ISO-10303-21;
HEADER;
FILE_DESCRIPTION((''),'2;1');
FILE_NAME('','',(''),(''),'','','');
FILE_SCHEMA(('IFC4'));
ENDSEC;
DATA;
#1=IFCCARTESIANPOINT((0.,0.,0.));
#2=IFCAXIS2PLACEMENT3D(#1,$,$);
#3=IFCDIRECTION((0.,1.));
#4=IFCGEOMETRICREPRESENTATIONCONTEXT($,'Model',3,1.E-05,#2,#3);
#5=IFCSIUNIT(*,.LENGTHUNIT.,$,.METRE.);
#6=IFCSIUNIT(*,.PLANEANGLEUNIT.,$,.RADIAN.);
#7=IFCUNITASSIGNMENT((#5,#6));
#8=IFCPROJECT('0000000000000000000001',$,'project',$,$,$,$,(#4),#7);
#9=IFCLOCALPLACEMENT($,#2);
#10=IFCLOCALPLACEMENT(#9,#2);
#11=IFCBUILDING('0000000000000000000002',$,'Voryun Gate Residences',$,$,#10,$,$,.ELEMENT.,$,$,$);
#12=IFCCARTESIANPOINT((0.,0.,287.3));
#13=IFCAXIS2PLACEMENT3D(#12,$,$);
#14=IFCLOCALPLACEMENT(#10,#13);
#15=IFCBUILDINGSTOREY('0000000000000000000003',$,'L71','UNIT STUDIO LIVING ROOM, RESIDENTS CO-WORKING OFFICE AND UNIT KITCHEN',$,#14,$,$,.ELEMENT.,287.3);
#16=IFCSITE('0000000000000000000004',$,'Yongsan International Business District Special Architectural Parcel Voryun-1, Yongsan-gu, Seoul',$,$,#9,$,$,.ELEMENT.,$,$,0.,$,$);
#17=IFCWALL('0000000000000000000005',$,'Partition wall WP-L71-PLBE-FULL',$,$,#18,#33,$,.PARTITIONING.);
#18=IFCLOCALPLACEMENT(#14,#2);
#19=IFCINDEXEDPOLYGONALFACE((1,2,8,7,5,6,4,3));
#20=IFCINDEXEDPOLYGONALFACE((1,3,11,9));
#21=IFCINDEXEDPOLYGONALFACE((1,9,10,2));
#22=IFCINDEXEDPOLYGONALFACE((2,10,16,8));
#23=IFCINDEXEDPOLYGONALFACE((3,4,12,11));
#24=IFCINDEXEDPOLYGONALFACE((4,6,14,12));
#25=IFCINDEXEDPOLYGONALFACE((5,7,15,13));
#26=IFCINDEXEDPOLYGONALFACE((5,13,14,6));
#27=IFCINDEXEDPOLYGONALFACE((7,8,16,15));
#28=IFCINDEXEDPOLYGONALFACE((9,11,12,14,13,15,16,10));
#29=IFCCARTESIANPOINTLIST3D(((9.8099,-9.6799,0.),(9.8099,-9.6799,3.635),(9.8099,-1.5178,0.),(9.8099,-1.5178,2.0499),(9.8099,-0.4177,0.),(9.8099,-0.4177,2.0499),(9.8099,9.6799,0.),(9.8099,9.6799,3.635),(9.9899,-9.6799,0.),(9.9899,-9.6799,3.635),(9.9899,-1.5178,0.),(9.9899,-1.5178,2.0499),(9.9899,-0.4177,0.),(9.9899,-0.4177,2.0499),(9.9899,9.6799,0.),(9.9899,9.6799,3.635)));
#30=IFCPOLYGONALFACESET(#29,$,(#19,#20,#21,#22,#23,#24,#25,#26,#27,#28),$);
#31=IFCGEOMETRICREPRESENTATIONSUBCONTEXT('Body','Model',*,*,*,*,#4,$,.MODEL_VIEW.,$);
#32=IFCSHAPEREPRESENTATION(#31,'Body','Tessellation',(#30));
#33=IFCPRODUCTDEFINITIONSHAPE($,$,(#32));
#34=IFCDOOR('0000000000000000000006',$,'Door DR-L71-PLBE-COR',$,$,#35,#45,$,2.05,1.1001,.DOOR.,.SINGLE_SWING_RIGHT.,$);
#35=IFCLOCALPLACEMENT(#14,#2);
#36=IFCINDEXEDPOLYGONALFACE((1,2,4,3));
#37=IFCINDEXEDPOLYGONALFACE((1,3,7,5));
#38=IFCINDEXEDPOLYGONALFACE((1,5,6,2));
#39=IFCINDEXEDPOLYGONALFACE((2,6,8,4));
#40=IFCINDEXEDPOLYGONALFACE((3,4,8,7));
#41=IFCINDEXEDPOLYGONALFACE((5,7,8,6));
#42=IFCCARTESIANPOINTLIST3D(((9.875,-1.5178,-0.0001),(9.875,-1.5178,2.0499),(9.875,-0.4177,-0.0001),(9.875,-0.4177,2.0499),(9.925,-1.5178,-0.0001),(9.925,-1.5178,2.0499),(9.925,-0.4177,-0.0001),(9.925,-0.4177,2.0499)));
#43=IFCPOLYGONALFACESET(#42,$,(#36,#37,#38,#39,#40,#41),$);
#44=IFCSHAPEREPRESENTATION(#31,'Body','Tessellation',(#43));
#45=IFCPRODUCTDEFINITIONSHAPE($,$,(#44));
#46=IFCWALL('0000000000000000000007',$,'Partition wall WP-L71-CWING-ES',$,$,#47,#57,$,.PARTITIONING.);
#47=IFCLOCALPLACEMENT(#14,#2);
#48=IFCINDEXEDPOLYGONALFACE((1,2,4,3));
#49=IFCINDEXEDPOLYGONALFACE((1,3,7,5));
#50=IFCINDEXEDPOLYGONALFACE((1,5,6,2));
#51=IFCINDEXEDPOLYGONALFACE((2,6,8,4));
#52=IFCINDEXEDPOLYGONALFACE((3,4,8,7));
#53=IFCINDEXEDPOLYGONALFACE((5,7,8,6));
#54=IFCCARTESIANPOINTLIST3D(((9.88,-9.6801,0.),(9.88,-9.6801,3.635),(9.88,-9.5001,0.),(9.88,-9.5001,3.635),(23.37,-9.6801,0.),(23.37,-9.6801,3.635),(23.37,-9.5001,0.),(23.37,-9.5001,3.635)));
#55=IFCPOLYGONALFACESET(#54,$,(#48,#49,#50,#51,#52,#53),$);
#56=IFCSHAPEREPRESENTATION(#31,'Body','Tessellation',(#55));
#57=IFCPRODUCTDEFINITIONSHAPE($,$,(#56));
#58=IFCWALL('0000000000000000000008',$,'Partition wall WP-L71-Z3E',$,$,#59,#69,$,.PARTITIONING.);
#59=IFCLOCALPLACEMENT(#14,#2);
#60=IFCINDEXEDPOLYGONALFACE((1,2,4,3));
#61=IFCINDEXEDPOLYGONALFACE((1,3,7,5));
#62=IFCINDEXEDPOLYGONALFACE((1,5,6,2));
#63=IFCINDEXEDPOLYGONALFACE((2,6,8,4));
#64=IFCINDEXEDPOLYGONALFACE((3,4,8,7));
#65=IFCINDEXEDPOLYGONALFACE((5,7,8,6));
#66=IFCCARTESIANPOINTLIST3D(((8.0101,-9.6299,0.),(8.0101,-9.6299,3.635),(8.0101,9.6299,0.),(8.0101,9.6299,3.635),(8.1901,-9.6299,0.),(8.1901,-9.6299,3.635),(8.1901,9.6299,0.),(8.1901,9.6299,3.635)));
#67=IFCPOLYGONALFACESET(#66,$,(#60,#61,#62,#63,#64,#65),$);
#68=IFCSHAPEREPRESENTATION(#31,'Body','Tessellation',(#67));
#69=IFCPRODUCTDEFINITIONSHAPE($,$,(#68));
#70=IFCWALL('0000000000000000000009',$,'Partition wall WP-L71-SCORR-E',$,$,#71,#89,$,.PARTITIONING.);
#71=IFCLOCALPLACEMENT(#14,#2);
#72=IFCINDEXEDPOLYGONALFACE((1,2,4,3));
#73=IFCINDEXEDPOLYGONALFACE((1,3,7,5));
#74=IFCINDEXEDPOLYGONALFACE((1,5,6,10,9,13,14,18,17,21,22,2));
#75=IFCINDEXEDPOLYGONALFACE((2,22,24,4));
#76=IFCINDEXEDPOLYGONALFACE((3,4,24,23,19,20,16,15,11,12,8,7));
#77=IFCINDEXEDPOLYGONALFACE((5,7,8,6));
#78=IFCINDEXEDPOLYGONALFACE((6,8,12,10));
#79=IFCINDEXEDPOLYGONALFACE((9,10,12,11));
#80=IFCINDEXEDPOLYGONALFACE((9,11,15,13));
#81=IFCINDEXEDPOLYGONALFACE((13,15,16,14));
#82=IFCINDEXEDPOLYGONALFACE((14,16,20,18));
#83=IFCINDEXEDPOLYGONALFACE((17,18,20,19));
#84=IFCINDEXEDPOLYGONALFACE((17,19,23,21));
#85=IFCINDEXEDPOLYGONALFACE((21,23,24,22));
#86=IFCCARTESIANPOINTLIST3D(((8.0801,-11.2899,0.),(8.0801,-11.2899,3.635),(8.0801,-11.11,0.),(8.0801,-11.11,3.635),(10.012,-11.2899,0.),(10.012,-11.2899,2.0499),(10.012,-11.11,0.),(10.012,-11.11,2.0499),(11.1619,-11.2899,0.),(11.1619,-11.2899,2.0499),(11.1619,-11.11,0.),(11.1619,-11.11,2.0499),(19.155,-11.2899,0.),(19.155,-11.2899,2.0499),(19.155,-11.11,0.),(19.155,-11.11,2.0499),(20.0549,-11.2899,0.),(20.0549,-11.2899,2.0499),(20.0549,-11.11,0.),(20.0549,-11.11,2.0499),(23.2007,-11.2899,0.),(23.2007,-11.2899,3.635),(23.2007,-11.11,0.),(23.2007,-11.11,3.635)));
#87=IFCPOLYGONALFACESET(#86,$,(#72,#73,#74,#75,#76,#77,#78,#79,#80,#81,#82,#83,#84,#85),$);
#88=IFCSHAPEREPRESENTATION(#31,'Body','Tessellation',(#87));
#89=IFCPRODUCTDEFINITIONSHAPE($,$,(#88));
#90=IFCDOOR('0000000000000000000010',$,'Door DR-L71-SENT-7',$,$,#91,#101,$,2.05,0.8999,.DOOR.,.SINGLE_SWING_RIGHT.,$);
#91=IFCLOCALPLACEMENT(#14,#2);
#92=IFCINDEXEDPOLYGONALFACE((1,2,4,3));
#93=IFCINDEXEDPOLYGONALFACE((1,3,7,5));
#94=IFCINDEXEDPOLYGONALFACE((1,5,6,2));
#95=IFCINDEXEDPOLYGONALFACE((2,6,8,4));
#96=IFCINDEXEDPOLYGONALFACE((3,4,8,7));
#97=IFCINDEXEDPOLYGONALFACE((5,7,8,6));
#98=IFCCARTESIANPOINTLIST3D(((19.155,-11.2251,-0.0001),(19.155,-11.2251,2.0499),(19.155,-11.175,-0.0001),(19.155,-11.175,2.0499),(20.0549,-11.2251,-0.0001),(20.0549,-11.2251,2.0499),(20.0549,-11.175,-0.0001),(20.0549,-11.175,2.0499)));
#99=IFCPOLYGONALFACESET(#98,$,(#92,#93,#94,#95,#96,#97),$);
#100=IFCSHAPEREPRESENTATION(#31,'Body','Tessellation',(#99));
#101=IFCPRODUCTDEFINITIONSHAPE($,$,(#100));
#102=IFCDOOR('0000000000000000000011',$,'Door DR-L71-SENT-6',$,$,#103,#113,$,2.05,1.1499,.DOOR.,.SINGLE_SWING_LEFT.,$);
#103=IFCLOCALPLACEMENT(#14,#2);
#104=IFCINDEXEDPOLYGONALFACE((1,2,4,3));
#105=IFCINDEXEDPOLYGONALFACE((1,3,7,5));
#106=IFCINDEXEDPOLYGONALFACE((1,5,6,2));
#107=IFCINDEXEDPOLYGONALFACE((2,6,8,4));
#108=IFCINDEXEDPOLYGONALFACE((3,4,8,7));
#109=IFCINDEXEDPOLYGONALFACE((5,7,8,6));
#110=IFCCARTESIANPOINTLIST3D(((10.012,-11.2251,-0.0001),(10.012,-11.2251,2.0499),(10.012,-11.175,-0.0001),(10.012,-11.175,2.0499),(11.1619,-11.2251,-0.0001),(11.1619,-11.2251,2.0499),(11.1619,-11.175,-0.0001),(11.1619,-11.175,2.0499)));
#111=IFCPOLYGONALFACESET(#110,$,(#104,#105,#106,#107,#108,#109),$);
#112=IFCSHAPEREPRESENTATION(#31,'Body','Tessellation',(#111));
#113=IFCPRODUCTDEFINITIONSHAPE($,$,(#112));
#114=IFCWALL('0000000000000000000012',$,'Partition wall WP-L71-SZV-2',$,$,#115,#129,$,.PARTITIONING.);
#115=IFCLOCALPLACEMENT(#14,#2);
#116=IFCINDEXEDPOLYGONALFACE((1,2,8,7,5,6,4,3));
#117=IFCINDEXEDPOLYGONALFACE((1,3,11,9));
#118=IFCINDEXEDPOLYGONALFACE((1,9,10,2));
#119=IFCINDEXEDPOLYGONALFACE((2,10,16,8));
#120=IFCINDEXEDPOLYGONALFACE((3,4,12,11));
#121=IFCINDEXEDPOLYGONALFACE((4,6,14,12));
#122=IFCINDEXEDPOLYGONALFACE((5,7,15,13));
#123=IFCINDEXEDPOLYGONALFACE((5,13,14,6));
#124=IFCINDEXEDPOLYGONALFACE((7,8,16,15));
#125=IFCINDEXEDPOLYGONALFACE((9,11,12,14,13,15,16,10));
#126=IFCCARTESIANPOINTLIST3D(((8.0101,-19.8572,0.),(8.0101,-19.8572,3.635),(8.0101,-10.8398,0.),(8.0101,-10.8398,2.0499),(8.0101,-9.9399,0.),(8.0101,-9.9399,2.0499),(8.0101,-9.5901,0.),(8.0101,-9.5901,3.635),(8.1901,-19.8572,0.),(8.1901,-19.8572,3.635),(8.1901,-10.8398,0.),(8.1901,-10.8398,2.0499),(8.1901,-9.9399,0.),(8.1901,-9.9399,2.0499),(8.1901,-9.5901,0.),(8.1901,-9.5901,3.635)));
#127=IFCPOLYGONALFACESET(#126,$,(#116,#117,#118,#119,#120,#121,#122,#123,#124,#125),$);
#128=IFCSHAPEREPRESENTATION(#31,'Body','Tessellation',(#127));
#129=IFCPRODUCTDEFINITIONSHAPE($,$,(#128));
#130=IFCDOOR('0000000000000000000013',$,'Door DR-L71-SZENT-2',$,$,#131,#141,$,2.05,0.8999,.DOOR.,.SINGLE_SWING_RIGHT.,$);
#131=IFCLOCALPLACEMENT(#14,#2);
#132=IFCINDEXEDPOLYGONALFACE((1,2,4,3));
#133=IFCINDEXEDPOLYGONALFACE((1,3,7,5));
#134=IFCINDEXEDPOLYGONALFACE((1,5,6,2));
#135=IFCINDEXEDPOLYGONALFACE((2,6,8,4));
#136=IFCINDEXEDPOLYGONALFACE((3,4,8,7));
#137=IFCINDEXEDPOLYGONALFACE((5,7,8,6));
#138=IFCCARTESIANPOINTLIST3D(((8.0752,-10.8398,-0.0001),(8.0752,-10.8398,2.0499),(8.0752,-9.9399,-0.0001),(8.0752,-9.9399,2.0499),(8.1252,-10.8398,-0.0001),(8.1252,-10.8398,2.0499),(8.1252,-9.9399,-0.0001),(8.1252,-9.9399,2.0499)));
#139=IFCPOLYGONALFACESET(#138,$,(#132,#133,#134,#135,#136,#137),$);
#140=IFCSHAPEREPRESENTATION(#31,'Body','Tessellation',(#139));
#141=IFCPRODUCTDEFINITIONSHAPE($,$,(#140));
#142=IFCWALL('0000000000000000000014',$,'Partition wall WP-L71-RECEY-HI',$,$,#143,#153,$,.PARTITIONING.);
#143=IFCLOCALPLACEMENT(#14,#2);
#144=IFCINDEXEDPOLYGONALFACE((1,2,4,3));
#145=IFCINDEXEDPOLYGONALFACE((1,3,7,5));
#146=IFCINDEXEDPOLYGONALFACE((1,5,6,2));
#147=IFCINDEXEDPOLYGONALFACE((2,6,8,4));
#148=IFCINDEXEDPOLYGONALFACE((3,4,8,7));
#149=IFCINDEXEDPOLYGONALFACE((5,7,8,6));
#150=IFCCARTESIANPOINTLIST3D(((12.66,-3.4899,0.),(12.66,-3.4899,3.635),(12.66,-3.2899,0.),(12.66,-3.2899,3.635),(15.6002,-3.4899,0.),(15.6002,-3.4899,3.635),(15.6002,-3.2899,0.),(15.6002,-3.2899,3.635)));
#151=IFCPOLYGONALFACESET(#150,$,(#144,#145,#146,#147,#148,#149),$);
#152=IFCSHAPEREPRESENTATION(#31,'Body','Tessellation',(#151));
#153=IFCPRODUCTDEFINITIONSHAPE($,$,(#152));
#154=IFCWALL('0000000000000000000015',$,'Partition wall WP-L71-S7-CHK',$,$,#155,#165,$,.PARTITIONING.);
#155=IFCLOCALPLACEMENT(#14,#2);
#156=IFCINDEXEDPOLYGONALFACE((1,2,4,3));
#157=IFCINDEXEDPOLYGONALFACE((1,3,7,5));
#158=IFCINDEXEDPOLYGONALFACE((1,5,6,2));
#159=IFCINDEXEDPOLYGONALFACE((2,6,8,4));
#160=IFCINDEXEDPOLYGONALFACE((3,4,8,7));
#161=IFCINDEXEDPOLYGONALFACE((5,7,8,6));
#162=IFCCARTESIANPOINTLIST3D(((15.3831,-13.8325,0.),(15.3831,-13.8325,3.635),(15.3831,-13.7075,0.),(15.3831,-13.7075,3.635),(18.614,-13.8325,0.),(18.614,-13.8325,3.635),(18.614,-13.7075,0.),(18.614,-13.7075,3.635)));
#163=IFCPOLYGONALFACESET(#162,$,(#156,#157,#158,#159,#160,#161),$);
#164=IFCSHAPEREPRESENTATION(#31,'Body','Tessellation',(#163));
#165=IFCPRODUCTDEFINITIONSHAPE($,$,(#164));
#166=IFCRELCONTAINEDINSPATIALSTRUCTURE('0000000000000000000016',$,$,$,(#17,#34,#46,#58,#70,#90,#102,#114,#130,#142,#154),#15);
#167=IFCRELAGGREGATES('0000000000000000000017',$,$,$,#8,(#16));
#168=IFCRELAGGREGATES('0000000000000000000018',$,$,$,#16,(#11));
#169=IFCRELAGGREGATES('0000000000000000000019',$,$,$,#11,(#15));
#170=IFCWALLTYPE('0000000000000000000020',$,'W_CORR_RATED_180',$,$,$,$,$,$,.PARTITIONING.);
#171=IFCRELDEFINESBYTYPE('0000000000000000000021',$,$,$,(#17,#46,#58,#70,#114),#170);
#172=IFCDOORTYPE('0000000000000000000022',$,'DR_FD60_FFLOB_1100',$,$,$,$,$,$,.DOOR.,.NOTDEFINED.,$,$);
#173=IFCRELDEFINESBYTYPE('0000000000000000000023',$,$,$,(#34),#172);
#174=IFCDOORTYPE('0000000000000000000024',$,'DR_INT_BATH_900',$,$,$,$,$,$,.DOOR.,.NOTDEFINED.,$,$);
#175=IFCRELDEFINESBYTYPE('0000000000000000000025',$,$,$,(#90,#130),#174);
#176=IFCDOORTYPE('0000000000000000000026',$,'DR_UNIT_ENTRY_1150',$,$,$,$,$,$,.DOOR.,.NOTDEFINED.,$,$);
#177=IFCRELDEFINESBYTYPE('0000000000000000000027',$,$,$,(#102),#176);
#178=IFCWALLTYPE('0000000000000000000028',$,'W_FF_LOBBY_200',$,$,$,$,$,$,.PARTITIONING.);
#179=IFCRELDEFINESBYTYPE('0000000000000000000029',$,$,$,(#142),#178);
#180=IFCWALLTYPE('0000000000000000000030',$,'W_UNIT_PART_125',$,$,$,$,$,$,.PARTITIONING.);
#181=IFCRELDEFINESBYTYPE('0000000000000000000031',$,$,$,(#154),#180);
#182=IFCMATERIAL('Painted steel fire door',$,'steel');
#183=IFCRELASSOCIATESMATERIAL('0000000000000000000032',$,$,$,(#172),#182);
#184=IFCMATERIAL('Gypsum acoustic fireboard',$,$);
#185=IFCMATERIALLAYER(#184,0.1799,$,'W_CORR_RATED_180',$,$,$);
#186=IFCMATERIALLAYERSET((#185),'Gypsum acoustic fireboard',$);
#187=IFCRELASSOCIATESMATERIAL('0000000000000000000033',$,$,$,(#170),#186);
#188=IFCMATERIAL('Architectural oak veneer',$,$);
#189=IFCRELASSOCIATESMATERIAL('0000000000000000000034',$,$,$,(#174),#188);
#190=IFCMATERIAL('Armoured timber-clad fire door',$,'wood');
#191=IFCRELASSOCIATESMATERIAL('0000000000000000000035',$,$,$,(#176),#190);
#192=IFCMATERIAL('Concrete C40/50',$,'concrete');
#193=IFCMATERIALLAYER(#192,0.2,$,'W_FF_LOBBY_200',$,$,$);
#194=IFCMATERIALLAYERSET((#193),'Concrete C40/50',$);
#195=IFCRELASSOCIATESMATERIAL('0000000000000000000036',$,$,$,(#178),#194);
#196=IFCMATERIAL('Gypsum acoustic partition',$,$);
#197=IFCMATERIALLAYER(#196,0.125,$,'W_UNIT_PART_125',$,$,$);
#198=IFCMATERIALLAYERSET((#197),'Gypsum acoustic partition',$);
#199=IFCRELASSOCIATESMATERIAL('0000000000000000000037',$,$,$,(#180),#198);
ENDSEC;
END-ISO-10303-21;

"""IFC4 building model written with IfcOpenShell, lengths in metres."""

from ifc_helpers import new_model, si_unit, direction, frame, frame_2d, origin, place, context, subcontext, project, spatial, rectangle, extrude, material, layer, layer_set, type_object, element, fill, save


model = new_model("IFC4")

# Units and contexts
model_context = context("Model", 3, precision=1e-05, world=origin(), true_north=direction((0.0, 1.0)))
body_context = subcontext(model_context, "Body", "Model", "MODEL_VIEW")
ifc_project = project(units=[si_unit("LENGTHUNIT", "METRE"), si_unit("PLANEANGLEUNIT", "RADIAN")], contexts=[model_context])

# Site, building, storey
site_placement = place(None, origin())
site = spatial("IfcSite", under=ifc_project, at=site_placement, Name="Yongsan International Business District Special Architectural Parcel Voryun-1, Yongsan-gu, Seoul", CompositionType="ELEMENT", RefElevation=0.0)
building_placement = place(site_placement, origin())
building = spatial("IfcBuilding", under=site, at=building_placement, Name="Voryun Gate Residences", CompositionType="ELEMENT")
storey_placement = place(building_placement, frame((0.0, 0.0, 287.3)))
storey = spatial("IfcBuildingStorey", under=building, at=storey_placement, Name="L71", Description="UNIT STUDIO LIVING ROOM, RESIDENTS CO-WORKING OFFICE AND UNIT KITCHEN", CompositionType="ELEMENT", Elevation=287.3)

# Shared definitions
ifc_material_1 = material(Name="Painted steel fire door", Category="steel")
door_type_1 = type_object("IfcDoorType", Name="DR_FD60_FFLOB_1100", OperationType="NOTDEFINED", PredefinedType="DOOR", material=ifc_material_1)

# Shared definitions
ifc_material_2 = material(Name="Gypsum acoustic fireboard")
ifc_layer_1 = layer(ifc_material_2, 0.1799, Name="W_CORR_RATED_180")
ifc_layer_set_1 = layer_set([ifc_layer_1], Name="Gypsum acoustic fireboard")
wall_type_1 = type_object("IfcWallType", Name="W_CORR_RATED_180", PredefinedType="PARTITIONING", material=ifc_layer_set_1)

# Wall, opening, door
wall_1_placement = place(storey_placement, frame((9.8999, -9.6799, 0.0), z_axis=(0.0, 0.0, 1.0), x_axis=(0.0, 1.0, 0.0)))
wall_1 = element("IfcWall", 1, at=wall_1_placement, inside=storey, type_object=wall_type_1, Name="Partition wall WP-L71-PLBE-FULL", PredefinedType="PARTITIONING", context=body_context, shape_type="SweptSolid", body=[
    extrude(rectangle(XDim=19.3599, YDim=0.1799, at=frame_2d((9.6799, 0.0))), origin(), (0.0, 0.0, 1.0), 3.635),
])
opening_1_placement = place(wall_1_placement, frame((8.1621, 0.0, 0.0)))
opening_1 = element("IfcOpeningElement", 2, at=opening_1_placement, cuts=wall_1, PredefinedType="OPENING", context=body_context, shape_type="SweptSolid", body=[
    extrude(rectangle(XDim=1.1001, YDim=2.05, at=frame_2d((0.55, 1.0249))), frame((0.0, 0.0999, 0.0), z_axis=(0.0, -1.0, 0.0), x_axis=(1.0, 0.0, 0.0)), (0.0, 0.0, 1.0), 0.2),
])
door_1_placement = place(opening_1_placement, origin())
door_1 = element("IfcDoor", 3, at=door_1_placement, inside=storey, type_object=door_type_1, Name="Door DR-L71-PLBE-COR", OperationType="SINGLE_SWING_RIGHT", OverallHeight=2.05, OverallWidth=1.1001, PredefinedType="DOOR", context=body_context, shape_type="SweptSolid", body=[
    extrude(rectangle(XDim=1.1001, YDim=2.05, at=frame_2d((0.55, 1.0249))), frame((0.0, 0.0249, 0.0), z_axis=(0.0, -1.0, 0.0), x_axis=(1.0, 0.0, 0.0)), (0.0, 0.0, 1.0), 0.05),
])
fill(opening_1, door_1)

# Walls
wall_2_placement = place(storey_placement, frame((9.8799, -9.5901, 0.0), z_axis=(0.0, 0.0, 1.0), x_axis=(1.0, 0.0, 0.0)))
element("IfcWall", 4, at=wall_2_placement, inside=storey, type_object=wall_type_1, Name="Partition wall WP-L71-CWING-ES", PredefinedType="PARTITIONING", context=body_context, shape_type="SweptSolid", body=[
    extrude(rectangle(XDim=13.49, YDim=0.1799, at=frame_2d((6.7451, 0.0))), origin(), (0.0, 0.0, 1.0), 3.635),
])
wall_3_placement = place(storey_placement, frame((8.1001, -9.6299, 0.0), z_axis=(0.0, 0.0, 1.0), x_axis=(0.0, 1.0, 0.0)))
element("IfcWall", 5, at=wall_3_placement, inside=storey, type_object=wall_type_1, Name="Partition wall WP-L71-Z3E", PredefinedType="PARTITIONING", context=body_context, shape_type="SweptSolid", body=[
    extrude(rectangle(XDim=19.2598, YDim=0.1799, at=frame_2d((9.6299, 0.0))), origin(), (0.0, 0.0, 1.0), 3.635),
])

# Wall, openings, doors
wall_4_placement = place(storey_placement, frame((8.0801, -11.2, 0.0), z_axis=(0.0, 0.0, 1.0), x_axis=(1.0, 0.0, 0.0)))
wall_4 = element("IfcWall", 6, at=wall_4_placement, inside=storey, type_object=wall_type_1, Name="Partition wall WP-L71-SCORR-E", PredefinedType="PARTITIONING", context=body_context, shape_type="SweptSolid", body=[
    extrude(rectangle(XDim=15.1206, YDim=0.1799, at=frame_2d((7.5603, 0.0))), origin(), (0.0, 0.0, 1.0), 3.635),
])
opening_2_placement = place(wall_4_placement, frame((1.9319, 0.0, 0.0)))
opening_2 = element("IfcOpeningElement", 7, at=opening_2_placement, cuts=wall_4, PredefinedType="OPENING", context=body_context, shape_type="SweptSolid", body=[
    extrude(rectangle(XDim=1.1499, YDim=2.05, at=frame_2d((0.575, 1.0249))), frame((0.0, 0.0999, 0.0), z_axis=(0.0, -1.0, 0.0), x_axis=(1.0, 0.0, 0.0)), (0.0, 0.0, 1.0), 0.2),
])
opening_3_placement = place(wall_4_placement, frame((11.075, 0.0, 0.0)))
opening_3 = element("IfcOpeningElement", 8, at=opening_3_placement, cuts=wall_4, PredefinedType="OPENING", context=body_context, shape_type="SweptSolid", body=[
    extrude(rectangle(XDim=0.8999, YDim=2.05, at=frame_2d((0.45, 1.0249))), frame((0.0, 0.0999, 0.0), z_axis=(0.0, -1.0, 0.0), x_axis=(1.0, 0.0, 0.0)), (0.0, 0.0, 1.0), 0.2),
])
ifc_material_3 = material(Name="Architectural oak veneer")
door_type_2 = type_object("IfcDoorType", Name="DR_INT_BATH_900", OperationType="NOTDEFINED", PredefinedType="DOOR", material=ifc_material_3)
door_2_placement = place(opening_3_placement, origin())
door_2 = element("IfcDoor", 9, at=door_2_placement, inside=storey, type_object=door_type_2, Name="Door DR-L71-SENT-7", OperationType="SINGLE_SWING_RIGHT", OverallHeight=2.05, OverallWidth=0.8999, PredefinedType="DOOR", context=body_context, shape_type="SweptSolid", body=[
    extrude(rectangle(XDim=0.8999, YDim=2.05, at=frame_2d((0.45, 1.0249))), frame((0.0, 0.0249, 0.0), z_axis=(0.0, -1.0, 0.0), x_axis=(1.0, 0.0, 0.0)), (0.0, 0.0, 1.0), 0.05),
])
fill(opening_3, door_2)
ifc_material_4 = material(Name="Armoured timber-clad fire door", Category="wood")
door_type_3 = type_object("IfcDoorType", Name="DR_UNIT_ENTRY_1150", OperationType="NOTDEFINED", PredefinedType="DOOR", material=ifc_material_4)
door_3_placement = place(opening_2_placement, origin())
door_3 = element("IfcDoor", 10, at=door_3_placement, inside=storey, type_object=door_type_3, Name="Door DR-L71-SENT-6", OperationType="SINGLE_SWING_LEFT", OverallHeight=2.05, OverallWidth=1.1499, PredefinedType="DOOR", context=body_context, shape_type="SweptSolid", body=[
    extrude(rectangle(XDim=1.1499, YDim=2.05, at=frame_2d((0.575, 1.0249))), frame((0.0, 0.0249, 0.0), z_axis=(0.0, -1.0, 0.0), x_axis=(1.0, 0.0, 0.0)), (0.0, 0.0, 1.0), 0.05),
])
fill(opening_2, door_3)

# Wall, opening, door
wall_5_placement = place(storey_placement, frame((8.1001, -19.8572, 0.0), z_axis=(0.0, 0.0, 1.0), x_axis=(0.0, 1.0, 0.0)))
wall_5 = element("IfcWall", 11, at=wall_5_placement, inside=storey, type_object=wall_type_1, Name="Partition wall WP-L71-SZV-2", PredefinedType="PARTITIONING", context=body_context, shape_type="SweptSolid", body=[
    extrude(rectangle(XDim=10.2671, YDim=0.1799, at=frame_2d((5.1335, 0.0))), origin(), (0.0, 0.0, 1.0), 3.635),
])
opening_4_placement = place(wall_5_placement, frame((9.0173, 0.0, 0.0)))
opening_4 = element("IfcOpeningElement", 12, at=opening_4_placement, cuts=wall_5, PredefinedType="OPENING", context=body_context, shape_type="SweptSolid", body=[
    extrude(rectangle(XDim=0.8999, YDim=2.05, at=frame_2d((0.45, 1.0249))), frame((0.0, 0.0999, 0.0), z_axis=(0.0, -1.0, 0.0), x_axis=(1.0, 0.0, 0.0)), (0.0, 0.0, 1.0), 0.2),
])
door_4_placement = place(opening_4_placement, origin())
door_4 = element("IfcDoor", 13, at=door_4_placement, inside=storey, type_object=door_type_2, Name="Door DR-L71-SZENT-2", OperationType="SINGLE_SWING_RIGHT", OverallHeight=2.05, OverallWidth=0.8999, PredefinedType="DOOR", context=body_context, shape_type="SweptSolid", body=[
    extrude(rectangle(XDim=0.8999, YDim=2.05, at=frame_2d((0.45, 1.0249))), frame((0.0, 0.0249, 0.0), z_axis=(0.0, -1.0, 0.0), x_axis=(1.0, 0.0, 0.0)), (0.0, 0.0, 1.0), 0.05),
])
fill(opening_4, door_4)

# Walls
ifc_material_5 = material(Name="Concrete C40/50", Category="concrete")
ifc_layer_2 = layer(ifc_material_5, 0.2, Name="W_FF_LOBBY_200")
ifc_layer_set_2 = layer_set([ifc_layer_2], Name="Concrete C40/50")
wall_type_2 = type_object("IfcWallType", Name="W_FF_LOBBY_200", PredefinedType="PARTITIONING", material=ifc_layer_set_2)
wall_6_placement = place(storey_placement, frame((12.6599, -3.3899, 0.0), z_axis=(0.0, 0.0, 1.0), x_axis=(1.0, 0.0, 0.0)))
element("IfcWall", 14, at=wall_6_placement, inside=storey, type_object=wall_type_2, Name="Partition wall WP-L71-RECEY-HI", PredefinedType="PARTITIONING", context=body_context, shape_type="SweptSolid", body=[
    extrude(rectangle(XDim=2.9402, YDim=0.2, at=frame_2d((1.4702, 0.0))), origin(), (0.0, 0.0, 1.0), 3.635),
])
ifc_material_6 = material(Name="Gypsum acoustic partition")
ifc_layer_3 = layer(ifc_material_6, 0.125, Name="W_UNIT_PART_125")
ifc_layer_set_3 = layer_set([ifc_layer_3], Name="Gypsum acoustic partition")
wall_type_3 = type_object("IfcWallType", Name="W_UNIT_PART_125", PredefinedType="PARTITIONING", material=ifc_layer_set_3)
wall_7_placement = place(storey_placement, frame((15.3831, -13.77, 0.0), z_axis=(0.0, 0.0, 1.0), x_axis=(1.0, 0.0, 0.0)))
element("IfcWall", 15, at=wall_7_placement, inside=storey, type_object=wall_type_3, Name="Partition wall WP-L71-S7-CHK", PredefinedType="PARTITIONING", context=body_context, shape_type="SweptSolid", body=[
    extrude(rectangle(XDim=3.231, YDim=0.125, at=frame_2d((1.6155, 0.0))), origin(), (0.0, 0.0, 1.0), 3.635),
])

save(model, "model.ifc")
